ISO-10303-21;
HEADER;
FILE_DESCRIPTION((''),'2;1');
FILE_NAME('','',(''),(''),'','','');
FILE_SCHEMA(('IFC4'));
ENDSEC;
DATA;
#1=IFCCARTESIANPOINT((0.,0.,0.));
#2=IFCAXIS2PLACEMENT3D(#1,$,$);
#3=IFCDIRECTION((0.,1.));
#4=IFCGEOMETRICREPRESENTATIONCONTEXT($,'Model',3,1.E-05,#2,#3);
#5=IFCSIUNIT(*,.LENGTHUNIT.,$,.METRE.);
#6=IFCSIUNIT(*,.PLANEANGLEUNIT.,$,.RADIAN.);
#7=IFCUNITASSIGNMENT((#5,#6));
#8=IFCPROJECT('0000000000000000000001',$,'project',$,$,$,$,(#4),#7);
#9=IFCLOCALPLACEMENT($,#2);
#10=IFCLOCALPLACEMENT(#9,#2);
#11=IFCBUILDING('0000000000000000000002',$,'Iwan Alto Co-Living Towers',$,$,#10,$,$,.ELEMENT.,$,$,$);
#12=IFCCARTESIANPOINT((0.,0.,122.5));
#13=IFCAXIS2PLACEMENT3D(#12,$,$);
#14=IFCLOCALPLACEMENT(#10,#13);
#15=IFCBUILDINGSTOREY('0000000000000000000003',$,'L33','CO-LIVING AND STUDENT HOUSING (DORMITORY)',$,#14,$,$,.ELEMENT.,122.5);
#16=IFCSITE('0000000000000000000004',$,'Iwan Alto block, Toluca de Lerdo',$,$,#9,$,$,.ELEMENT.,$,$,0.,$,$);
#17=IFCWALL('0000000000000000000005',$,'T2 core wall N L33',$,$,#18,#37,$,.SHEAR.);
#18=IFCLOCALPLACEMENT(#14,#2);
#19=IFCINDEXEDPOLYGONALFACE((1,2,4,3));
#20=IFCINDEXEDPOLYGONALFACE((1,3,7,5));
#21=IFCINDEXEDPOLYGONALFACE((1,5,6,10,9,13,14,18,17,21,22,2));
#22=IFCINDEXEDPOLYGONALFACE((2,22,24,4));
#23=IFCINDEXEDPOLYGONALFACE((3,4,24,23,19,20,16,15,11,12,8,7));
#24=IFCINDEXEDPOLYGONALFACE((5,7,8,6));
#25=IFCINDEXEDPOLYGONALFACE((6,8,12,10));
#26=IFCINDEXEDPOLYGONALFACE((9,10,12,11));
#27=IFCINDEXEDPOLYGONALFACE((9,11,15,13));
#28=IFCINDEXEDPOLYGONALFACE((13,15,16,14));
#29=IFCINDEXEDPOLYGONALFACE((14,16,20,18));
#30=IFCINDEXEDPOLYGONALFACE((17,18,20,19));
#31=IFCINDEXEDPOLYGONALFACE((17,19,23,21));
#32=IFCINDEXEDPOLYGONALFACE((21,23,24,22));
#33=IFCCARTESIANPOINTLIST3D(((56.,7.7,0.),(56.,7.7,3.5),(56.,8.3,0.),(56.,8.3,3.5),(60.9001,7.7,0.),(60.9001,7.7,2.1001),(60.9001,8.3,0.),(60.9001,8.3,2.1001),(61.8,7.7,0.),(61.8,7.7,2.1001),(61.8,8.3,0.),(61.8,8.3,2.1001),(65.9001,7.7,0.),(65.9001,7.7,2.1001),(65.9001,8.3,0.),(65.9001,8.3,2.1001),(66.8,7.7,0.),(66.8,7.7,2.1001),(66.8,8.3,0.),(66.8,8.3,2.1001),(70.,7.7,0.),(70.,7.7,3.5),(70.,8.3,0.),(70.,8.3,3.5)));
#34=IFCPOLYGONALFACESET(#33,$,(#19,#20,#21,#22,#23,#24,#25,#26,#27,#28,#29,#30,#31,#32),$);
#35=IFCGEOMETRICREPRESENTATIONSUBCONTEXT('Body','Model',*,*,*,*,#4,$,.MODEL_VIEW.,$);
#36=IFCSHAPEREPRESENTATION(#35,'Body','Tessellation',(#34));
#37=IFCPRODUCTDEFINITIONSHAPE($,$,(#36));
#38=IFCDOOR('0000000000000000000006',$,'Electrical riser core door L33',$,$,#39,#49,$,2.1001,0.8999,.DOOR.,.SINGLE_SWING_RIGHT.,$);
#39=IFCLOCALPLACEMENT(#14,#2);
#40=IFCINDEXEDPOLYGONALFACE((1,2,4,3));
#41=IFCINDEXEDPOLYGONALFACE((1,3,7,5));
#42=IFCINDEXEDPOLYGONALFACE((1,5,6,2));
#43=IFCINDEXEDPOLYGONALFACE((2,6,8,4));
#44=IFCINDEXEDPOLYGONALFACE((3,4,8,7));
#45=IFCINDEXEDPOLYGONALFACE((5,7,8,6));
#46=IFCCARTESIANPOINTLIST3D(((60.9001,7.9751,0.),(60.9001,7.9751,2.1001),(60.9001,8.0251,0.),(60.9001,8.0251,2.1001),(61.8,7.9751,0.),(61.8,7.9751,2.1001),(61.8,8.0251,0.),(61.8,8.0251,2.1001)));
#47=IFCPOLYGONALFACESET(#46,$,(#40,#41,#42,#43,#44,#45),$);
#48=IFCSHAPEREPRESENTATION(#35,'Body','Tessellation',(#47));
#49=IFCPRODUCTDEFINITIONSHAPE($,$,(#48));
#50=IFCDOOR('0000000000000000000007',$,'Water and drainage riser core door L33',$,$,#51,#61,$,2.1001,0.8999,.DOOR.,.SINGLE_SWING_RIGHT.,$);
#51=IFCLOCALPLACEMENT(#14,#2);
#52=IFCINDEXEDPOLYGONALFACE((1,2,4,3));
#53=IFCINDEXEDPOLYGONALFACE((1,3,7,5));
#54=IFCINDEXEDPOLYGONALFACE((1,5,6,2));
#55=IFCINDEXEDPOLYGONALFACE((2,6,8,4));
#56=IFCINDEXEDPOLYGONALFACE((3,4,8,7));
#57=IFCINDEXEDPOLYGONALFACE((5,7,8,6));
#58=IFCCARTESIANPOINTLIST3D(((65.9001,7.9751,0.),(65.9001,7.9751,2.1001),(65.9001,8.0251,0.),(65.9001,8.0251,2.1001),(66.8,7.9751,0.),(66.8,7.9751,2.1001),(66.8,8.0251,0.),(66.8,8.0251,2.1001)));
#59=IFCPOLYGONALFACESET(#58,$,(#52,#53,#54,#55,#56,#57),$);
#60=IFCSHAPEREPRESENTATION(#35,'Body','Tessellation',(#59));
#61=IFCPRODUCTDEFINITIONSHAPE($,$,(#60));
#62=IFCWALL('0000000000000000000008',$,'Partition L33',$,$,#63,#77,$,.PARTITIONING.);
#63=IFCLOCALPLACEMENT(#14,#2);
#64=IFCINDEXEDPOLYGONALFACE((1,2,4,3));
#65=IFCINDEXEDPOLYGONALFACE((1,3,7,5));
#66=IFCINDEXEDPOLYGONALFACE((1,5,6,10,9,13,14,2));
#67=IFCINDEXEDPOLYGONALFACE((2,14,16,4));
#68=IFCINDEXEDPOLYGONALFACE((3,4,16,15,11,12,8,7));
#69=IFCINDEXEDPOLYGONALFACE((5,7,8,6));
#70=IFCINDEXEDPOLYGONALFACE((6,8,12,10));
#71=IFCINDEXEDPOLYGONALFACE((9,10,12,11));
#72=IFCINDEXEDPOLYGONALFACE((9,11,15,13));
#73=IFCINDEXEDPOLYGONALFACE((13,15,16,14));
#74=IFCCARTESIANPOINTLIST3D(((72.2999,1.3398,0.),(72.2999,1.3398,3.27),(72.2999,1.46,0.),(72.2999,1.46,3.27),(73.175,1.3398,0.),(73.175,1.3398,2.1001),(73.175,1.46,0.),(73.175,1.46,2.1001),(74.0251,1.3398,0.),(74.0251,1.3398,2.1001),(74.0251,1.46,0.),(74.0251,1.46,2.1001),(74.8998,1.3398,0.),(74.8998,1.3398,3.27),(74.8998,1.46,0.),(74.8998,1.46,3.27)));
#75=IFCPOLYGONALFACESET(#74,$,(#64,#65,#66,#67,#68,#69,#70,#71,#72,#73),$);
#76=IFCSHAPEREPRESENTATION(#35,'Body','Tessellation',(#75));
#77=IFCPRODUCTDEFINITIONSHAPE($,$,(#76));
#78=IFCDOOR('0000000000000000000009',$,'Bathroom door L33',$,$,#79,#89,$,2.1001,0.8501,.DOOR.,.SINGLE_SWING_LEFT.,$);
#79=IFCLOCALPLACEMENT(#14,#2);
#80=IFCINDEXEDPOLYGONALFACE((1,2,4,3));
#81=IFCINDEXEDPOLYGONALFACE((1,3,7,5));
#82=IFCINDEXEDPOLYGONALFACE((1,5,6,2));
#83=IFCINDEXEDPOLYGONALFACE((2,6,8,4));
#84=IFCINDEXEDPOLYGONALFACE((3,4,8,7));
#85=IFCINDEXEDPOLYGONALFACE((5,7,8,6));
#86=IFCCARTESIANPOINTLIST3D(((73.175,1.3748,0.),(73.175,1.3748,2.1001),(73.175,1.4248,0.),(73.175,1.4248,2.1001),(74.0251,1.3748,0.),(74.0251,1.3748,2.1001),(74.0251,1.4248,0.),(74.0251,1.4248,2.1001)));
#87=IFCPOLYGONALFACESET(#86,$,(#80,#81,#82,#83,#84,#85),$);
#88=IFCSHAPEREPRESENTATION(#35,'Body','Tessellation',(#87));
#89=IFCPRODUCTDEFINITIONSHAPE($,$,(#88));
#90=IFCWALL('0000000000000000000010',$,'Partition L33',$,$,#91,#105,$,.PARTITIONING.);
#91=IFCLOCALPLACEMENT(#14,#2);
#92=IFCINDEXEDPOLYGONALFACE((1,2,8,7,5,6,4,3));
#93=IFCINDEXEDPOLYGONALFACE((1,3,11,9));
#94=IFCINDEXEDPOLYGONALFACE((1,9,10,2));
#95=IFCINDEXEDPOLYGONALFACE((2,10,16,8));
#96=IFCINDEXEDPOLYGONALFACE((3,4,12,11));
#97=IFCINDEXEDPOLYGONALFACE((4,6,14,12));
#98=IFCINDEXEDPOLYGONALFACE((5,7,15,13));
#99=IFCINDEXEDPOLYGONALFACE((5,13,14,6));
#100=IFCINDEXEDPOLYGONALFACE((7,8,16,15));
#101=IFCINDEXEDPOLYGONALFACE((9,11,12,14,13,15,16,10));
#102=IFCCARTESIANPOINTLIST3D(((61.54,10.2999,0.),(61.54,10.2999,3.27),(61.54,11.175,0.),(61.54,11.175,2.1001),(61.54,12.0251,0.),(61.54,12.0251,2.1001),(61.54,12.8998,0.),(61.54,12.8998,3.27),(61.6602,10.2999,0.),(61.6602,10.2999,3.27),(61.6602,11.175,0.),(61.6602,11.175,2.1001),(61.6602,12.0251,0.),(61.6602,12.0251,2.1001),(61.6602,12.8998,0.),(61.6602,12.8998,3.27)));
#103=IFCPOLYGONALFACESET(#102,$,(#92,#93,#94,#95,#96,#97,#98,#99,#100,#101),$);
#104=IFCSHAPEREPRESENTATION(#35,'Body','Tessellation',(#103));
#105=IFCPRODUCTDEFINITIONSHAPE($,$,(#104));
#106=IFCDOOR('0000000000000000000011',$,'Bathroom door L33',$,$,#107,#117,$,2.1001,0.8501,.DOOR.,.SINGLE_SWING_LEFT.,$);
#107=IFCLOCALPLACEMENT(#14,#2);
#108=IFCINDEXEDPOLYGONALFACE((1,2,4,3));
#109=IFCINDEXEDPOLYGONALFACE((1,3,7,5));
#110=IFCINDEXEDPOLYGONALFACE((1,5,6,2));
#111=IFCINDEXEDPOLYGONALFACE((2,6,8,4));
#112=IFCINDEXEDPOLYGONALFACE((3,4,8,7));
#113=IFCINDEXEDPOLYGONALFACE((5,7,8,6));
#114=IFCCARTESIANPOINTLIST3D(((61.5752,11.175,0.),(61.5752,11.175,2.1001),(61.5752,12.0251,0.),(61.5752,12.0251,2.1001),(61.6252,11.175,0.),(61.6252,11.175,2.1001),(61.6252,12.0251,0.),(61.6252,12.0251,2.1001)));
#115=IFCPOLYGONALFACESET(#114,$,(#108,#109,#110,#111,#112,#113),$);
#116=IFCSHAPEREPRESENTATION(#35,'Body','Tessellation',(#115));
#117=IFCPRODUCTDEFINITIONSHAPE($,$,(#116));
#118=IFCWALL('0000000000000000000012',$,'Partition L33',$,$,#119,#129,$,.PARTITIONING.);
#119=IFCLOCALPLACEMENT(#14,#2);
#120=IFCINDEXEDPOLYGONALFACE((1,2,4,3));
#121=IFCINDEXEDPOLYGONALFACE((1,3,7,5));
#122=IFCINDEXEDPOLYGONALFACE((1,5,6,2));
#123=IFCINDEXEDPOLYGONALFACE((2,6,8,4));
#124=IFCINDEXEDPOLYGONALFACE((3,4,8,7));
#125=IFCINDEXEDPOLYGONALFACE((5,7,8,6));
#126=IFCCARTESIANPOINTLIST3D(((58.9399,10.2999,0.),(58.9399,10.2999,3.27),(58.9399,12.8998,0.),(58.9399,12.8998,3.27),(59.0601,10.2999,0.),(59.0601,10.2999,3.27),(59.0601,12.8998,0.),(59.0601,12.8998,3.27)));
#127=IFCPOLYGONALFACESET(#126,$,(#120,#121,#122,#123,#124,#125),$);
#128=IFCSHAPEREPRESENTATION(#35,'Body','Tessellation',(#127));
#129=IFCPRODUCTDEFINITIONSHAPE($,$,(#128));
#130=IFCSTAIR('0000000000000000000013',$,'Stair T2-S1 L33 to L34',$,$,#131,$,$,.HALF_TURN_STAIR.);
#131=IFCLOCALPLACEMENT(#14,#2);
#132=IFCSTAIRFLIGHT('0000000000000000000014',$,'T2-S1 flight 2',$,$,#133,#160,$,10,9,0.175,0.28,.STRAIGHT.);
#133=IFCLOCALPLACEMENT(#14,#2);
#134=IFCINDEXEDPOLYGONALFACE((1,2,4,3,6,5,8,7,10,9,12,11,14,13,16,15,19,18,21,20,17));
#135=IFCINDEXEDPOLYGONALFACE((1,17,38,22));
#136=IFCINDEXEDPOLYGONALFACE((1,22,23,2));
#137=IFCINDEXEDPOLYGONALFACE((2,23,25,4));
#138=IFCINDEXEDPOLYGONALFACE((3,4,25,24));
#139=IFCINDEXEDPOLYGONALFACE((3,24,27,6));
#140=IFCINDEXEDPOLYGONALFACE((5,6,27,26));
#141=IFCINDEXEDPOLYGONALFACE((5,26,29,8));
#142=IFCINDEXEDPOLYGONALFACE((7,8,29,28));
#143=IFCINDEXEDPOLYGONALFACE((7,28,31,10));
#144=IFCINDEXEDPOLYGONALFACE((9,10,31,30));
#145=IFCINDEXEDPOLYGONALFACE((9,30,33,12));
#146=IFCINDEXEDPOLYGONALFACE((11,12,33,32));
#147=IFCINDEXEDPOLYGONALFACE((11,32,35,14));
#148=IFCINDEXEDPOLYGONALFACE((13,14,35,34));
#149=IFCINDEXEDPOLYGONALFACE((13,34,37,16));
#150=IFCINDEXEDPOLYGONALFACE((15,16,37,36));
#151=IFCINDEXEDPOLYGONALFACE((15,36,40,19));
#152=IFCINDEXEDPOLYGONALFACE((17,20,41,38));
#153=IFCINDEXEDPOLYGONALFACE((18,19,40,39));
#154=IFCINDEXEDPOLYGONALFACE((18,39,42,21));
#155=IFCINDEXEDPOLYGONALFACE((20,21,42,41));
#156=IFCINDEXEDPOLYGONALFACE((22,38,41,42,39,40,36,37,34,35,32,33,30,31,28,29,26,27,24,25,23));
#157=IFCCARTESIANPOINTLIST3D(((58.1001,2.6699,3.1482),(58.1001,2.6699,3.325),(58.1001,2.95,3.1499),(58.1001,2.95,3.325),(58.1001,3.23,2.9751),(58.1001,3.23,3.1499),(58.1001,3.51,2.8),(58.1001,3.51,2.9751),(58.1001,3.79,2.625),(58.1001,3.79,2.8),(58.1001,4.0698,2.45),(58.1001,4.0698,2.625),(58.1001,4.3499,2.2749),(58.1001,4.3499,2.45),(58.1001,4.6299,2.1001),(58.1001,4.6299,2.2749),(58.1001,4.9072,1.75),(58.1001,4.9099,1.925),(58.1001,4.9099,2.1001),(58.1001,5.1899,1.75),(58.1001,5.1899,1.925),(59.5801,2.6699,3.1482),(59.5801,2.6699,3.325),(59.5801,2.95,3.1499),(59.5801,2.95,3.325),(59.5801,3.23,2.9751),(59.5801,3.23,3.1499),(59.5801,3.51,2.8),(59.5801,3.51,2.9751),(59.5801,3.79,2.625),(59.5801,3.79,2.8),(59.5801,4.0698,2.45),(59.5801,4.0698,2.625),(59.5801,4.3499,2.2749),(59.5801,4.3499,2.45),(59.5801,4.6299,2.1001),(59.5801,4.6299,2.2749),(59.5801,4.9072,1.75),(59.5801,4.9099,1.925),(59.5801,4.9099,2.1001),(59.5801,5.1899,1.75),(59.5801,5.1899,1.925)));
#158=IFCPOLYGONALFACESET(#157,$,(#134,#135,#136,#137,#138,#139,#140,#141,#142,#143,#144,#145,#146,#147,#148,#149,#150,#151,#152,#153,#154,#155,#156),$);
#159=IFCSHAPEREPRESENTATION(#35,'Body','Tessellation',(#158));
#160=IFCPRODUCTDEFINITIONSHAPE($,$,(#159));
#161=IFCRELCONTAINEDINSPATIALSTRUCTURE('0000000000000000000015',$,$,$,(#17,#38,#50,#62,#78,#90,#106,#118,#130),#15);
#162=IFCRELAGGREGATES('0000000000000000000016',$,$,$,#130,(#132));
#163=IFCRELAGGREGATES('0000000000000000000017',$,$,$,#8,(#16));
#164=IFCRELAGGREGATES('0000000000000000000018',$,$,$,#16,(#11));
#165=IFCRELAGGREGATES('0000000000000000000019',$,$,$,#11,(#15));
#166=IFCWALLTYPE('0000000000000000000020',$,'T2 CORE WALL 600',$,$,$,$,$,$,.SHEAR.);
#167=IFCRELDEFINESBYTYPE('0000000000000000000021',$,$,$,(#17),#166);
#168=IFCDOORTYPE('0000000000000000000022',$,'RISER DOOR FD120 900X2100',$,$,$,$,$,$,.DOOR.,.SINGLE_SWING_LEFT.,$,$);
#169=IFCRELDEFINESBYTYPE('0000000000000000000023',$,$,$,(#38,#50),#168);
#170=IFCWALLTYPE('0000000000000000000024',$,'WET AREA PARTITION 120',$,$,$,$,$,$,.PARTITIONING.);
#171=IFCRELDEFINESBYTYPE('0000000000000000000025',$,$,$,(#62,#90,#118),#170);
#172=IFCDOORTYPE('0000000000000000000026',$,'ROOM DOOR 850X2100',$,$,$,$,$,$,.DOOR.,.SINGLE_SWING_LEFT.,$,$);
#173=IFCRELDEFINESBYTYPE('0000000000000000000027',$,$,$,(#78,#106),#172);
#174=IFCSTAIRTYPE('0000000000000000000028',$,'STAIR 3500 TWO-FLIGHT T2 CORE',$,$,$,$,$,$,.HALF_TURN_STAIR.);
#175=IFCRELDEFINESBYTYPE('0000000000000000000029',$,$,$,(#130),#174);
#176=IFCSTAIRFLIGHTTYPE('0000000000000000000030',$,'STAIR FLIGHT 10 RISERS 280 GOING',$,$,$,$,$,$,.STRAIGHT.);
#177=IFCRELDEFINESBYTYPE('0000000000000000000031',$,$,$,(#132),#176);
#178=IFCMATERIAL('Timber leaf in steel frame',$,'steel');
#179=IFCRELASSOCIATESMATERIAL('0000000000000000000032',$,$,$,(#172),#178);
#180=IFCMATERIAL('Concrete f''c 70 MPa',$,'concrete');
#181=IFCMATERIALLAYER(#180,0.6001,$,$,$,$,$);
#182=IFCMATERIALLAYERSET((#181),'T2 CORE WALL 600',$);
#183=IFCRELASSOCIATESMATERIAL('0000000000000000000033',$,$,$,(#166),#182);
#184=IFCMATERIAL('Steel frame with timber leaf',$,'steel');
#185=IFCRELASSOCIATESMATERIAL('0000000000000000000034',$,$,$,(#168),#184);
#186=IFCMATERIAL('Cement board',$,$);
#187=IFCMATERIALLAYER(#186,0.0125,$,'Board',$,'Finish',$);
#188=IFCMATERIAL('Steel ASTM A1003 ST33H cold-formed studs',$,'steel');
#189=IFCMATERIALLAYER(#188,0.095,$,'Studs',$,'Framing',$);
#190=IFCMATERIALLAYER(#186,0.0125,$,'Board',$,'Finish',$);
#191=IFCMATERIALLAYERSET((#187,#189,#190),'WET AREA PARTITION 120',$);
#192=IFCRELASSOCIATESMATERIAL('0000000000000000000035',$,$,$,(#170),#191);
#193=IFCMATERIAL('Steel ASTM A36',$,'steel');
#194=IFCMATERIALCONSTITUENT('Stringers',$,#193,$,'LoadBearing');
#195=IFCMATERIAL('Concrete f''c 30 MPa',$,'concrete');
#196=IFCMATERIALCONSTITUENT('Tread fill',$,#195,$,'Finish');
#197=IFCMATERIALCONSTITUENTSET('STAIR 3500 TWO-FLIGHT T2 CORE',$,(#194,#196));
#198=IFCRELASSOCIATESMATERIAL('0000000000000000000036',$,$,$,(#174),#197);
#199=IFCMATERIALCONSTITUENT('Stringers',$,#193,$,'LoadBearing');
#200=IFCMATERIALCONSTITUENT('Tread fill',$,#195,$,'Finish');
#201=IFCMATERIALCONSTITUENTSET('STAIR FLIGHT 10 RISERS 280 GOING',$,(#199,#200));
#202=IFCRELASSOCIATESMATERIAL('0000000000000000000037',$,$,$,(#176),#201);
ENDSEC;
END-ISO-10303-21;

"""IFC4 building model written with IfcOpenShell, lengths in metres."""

from ifc_helpers import new_model, si_unit, direction, frame, frame_2d, origin, place, context, subcontext, project, spatial, polyline, rectangle, outline, extrude, material, layer, layer_set, constituent, constituent_set, type_object, element, fill, aggregate, save


model = new_model("IFC4")

# Units and contexts
model_context = context("Model", 3, precision=1e-05, world=origin(), true_north=direction((0.0, 1.0)))
body_context = subcontext(model_context, "Body", "Model", "MODEL_VIEW")
ifc_project = project(units=[si_unit("LENGTHUNIT", "METRE"), si_unit("PLANEANGLEUNIT", "RADIAN")], contexts=[model_context])

# Site, building, storey
site_placement = place(None, origin())
site = spatial("IfcSite", under=ifc_project, at=site_placement, Name="Iwan Alto block, Toluca de Lerdo", CompositionType="ELEMENT", RefElevation=0.0)
building_placement = place(site_placement, origin())
building = spatial("IfcBuilding", under=site, at=building_placement, Name="Iwan Alto Co-Living Towers", CompositionType="ELEMENT")
storey_placement = place(building_placement, frame((0.0, 0.0, 122.5)))
storey = spatial("IfcBuildingStorey", under=building, at=storey_placement, Name="L33", Description="CO-LIVING AND STUDENT HOUSING (DORMITORY)", CompositionType="ELEMENT", Elevation=122.5)

# Shared definitions
ifc_material_1 = material(Name="Steel ASTM A1003 ST33H cold-formed studs", Category="steel")
ifc_material_2 = material(Name="Timber leaf in steel frame", Category="steel")
door_type_1 = type_object("IfcDoorType", Name="ROOM DOOR 850X2100", OperationType="SINGLE_SWING_LEFT", PredefinedType="DOOR", material=ifc_material_2)

# Wall, openings, doors
ifc_material_3 = material(Name="Concrete f'c 70 MPa", Category="concrete")
ifc_layer_1 = layer(ifc_material_3, 0.6001)
ifc_layer_set_1 = layer_set([ifc_layer_1], Name="T2 CORE WALL 600")
wall_type_1 = type_object("IfcWallType", Name="T2 CORE WALL 600", PredefinedType="SHEAR", material=ifc_layer_set_1)
wall_1_placement = place(storey_placement, frame((70.0, 8.0, 0.0), z_axis=(0.0, 0.0, 1.0), x_axis=(-1.0, 0.0, 0.0)))
wall_1 = element("IfcWall", 1, at=wall_1_placement, inside=storey, type_object=wall_type_1, Name="T2 core wall N L33", PredefinedType="SHEAR", context=body_context, shape_type="SweptSolid", body=[
    extrude(rectangle(XDim=14.0, YDim=0.6001, at=frame_2d((7.0, 0.0))), origin(), (0.0, 0.0, 1.0), 3.5),
])
opening_1_placement = place(wall_1_placement, frame((8.2, 0.0, 0.0)))
opening_1 = element("IfcOpeningElement", 2, at=opening_1_placement, cuts=wall_1, PredefinedType="OPENING", context=body_context, shape_type="SweptSolid", body=[
    extrude(rectangle(XDim=0.8999, YDim=2.1001, at=frame_2d((0.45, 1.05))), frame((0.0, 0.3101, 0.0), z_axis=(0.0, -1.0, 0.0), x_axis=(1.0, 0.0, 0.0)), (0.0, 0.0, 1.0), 0.6201),
])
opening_2_placement = place(wall_1_placement, frame((3.2, 0.0, 0.0)))
opening_2 = element("IfcOpeningElement", 3, at=opening_2_placement, cuts=wall_1, PredefinedType="OPENING", context=body_context, shape_type="SweptSolid", body=[
    extrude(rectangle(XDim=0.8999, YDim=2.1001, at=frame_2d((0.45, 1.05))), frame((0.0, 0.3101, 0.0), z_axis=(0.0, -1.0, 0.0), x_axis=(1.0, 0.0, 0.0)), (0.0, 0.0, 1.0), 0.6201),
])
ifc_material_4 = material(Name="Steel frame with timber leaf", Category="steel")
door_type_2 = type_object("IfcDoorType", Name="RISER DOOR FD120 900X2100", OperationType="SINGLE_SWING_LEFT", PredefinedType="DOOR", material=ifc_material_4)
door_1_placement = place(opening_1_placement, origin())
door_1 = element("IfcDoor", 4, at=door_1_placement, inside=storey, type_object=door_type_2, Name="Electrical riser core door L33", OperationType="SINGLE_SWING_RIGHT", OverallHeight=2.1001, OverallWidth=0.8999, PredefinedType="DOOR", context=body_context, shape_type="SweptSolid", body=[
    extrude(rectangle(XDim=0.8999, YDim=2.1001, at=frame_2d((0.45, 1.05))), frame((0.0, 0.0249, 0.0), z_axis=(0.0, -1.0, 0.0), x_axis=(1.0, 0.0, 0.0)), (0.0, 0.0, 1.0), 0.05),
])
fill(opening_1, door_1)
door_2_placement = place(opening_2_placement, origin())
door_2 = element("IfcDoor", 5, at=door_2_placement, inside=storey, type_object=door_type_2, Name="Water and drainage riser core door L33", OperationType="SINGLE_SWING_RIGHT", OverallHeight=2.1001, OverallWidth=0.8999, PredefinedType="DOOR", context=body_context, shape_type="SweptSolid", body=[
    extrude(rectangle(XDim=0.8999, YDim=2.1001, at=frame_2d((0.45, 1.05))), frame((0.0, 0.0249, 0.0), z_axis=(0.0, -1.0, 0.0), x_axis=(1.0, 0.0, 0.0)), (0.0, 0.0, 1.0), 0.05),
])
fill(opening_2, door_2)

# Walls, openings, doors
ifc_material_5 = material(Name="Cement board")
ifc_layer_2 = layer(ifc_material_5, 0.0125, Name="Board", Category="Finish")
ifc_layer_3 = layer(ifc_material_1, 0.095, Name="Studs", Category="Framing")
ifc_layer_4 = layer(ifc_material_5, 0.0125, Name="Board", Category="Finish")
ifc_layer_set_2 = layer_set([ifc_layer_2, ifc_layer_3, ifc_layer_4], Name="WET AREA PARTITION 120")
wall_type_2 = type_object("IfcWallType", Name="WET AREA PARTITION 120", PredefinedType="PARTITIONING", material=ifc_layer_set_2)
wall_2_placement = place(storey_placement, frame((72.3, 1.3999, 0.0), z_axis=(0.0, 0.0, 1.0), x_axis=(1.0, 0.0, 0.0)))
wall_2 = element("IfcWall", 6, at=wall_2_placement, inside=storey, type_object=wall_type_2, Name="Partition L33", PredefinedType="PARTITIONING", context=body_context, shape_type="SweptSolid", body=[
    extrude(rectangle(XDim=2.5999, YDim=0.1201, at=frame_2d((1.2998, 0.0))), origin(), (0.0, 0.0, 1.0), 3.27),
])
opening_3_placement = place(wall_2_placement, frame((0.875, 0.0, 0.0)))
opening_3 = element("IfcOpeningElement", 7, at=opening_3_placement, cuts=wall_2, PredefinedType="OPENING", context=body_context, shape_type="SweptSolid", body=[
    extrude(rectangle(XDim=0.8501, YDim=2.1001, at=frame_2d((0.425, 1.05))), frame((0.0, 0.0701, 0.0), z_axis=(0.0, -1.0, 0.0), x_axis=(1.0, 0.0, 0.0)), (0.0, 0.0, 1.0), 0.1401),
])
door_3_placement = place(opening_3_placement, origin())
door_3 = element("IfcDoor", 8, at=door_3_placement, inside=storey, type_object=door_type_1, Name="Bathroom door L33", OperationType="SINGLE_SWING_LEFT", OverallHeight=2.1001, OverallWidth=0.8501, PredefinedType="DOOR", context=body_context, shape_type="SweptSolid", body=[
    extrude(rectangle(XDim=0.8501, YDim=2.1001, at=frame_2d((0.425, 1.05))), frame((0.0, 0.0249, 0.0), z_axis=(0.0, -1.0, 0.0), x_axis=(1.0, 0.0, 0.0)), (0.0, 0.0, 1.0), 0.05),
])
fill(opening_3, door_3)
wall_3_placement = place(storey_placement, frame((61.6001, 10.3, 0.0), z_axis=(0.0, 0.0, 1.0), x_axis=(0.0, 1.0, 0.0)))
wall_3 = element("IfcWall", 9, at=wall_3_placement, inside=storey, type_object=wall_type_2, Name="Partition L33", PredefinedType="PARTITIONING", context=body_context, shape_type="SweptSolid", body=[
    extrude(rectangle(XDim=2.5999, YDim=0.1201, at=frame_2d((1.2998, 0.0))), origin(), (0.0, 0.0, 1.0), 3.27),
])
opening_4_placement = place(wall_3_placement, frame((0.875, 0.0, 0.0)))
opening_4 = element("IfcOpeningElement", 10, at=opening_4_placement, cuts=wall_3, PredefinedType="OPENING", context=body_context, shape_type="SweptSolid", body=[
    extrude(rectangle(XDim=0.8501, YDim=2.1001, at=frame_2d((0.425, 1.05))), frame((0.0, 0.0701, 0.0), z_axis=(0.0, -1.0, 0.0), x_axis=(1.0, 0.0, 0.0)), (0.0, 0.0, 1.0), 0.1401),
])
door_4_placement = place(opening_4_placement, origin())
door_4 = element("IfcDoor", 11, at=door_4_placement, inside=storey, type_object=door_type_1, Name="Bathroom door L33", OperationType="SINGLE_SWING_LEFT", OverallHeight=2.1001, OverallWidth=0.8501, PredefinedType="DOOR", context=body_context, shape_type="SweptSolid", body=[
    extrude(rectangle(XDim=0.8501, YDim=2.1001, at=frame_2d((0.425, 1.05))), frame((0.0, 0.0249, 0.0), z_axis=(0.0, -1.0, 0.0), x_axis=(1.0, 0.0, 0.0)), (0.0, 0.0, 1.0), 0.05),
])
fill(opening_4, door_4)

# Wall
wall_4_placement = place(storey_placement, frame((59.0, 10.3, 0.0), z_axis=(0.0, 0.0, 1.0), x_axis=(0.0, 1.0, 0.0)))
element("IfcWall", 12, at=wall_4_placement, inside=storey, type_object=wall_type_2, Name="Partition L33", PredefinedType="PARTITIONING", context=body_context, shape_type="SweptSolid", body=[
    extrude(rectangle(XDim=2.5999, YDim=0.1201, at=frame_2d((1.2998, 0.0))), origin(), (0.0, 0.0, 1.0), 3.27),
])

# Stair, stair flight
ifc_material_6 = material(Name="Steel ASTM A36", Category="steel")
ifc_constituent_1 = constituent(ifc_material_6, Name="Stringers", Category="LoadBearing")
ifc_material_7 = material(Name="Concrete f'c 30 MPa", Category="concrete")
ifc_constituent_2 = constituent(ifc_material_7, Name="Tread fill", Category="Finish")
ifc_constituent_set_1 = constituent_set(constituents=[ifc_constituent_1, ifc_constituent_2], Name="STAIR 3500 TWO-FLIGHT T2 CORE")
stair_type = type_object("IfcStairType", Name="STAIR 3500 TWO-FLIGHT T2 CORE", PredefinedType="HALF_TURN_STAIR", material=ifc_constituent_set_1)
stair_placement = place(storey_placement, origin())
stair = element("IfcStair", 13, at=stair_placement, inside=storey, type_object=stair_type, Name="Stair T2-S1 L33 to L34", PredefinedType="HALF_TURN_STAIR")
ifc_constituent_3 = constituent(ifc_material_6, Name="Stringers", Category="LoadBearing")
ifc_constituent_4 = constituent(ifc_material_7, Name="Tread fill", Category="Finish")
ifc_constituent_set_2 = constituent_set(constituents=[ifc_constituent_3, ifc_constituent_4], Name="STAIR FLIGHT 10 RISERS 280 GOING")
stair_flight_type = type_object("IfcStairFlightType", Name="STAIR FLIGHT 10 RISERS 280 GOING", PredefinedType="STRAIGHT", material=ifc_constituent_set_2)
stair_flight_placement = place(storey_placement, frame((58.8401, 5.1899, 1.75), z_axis=(0.0, 0.0, 1.0), x_axis=(0.0, -1.0, 0.0)))
stair_flight = element("IfcStairFlight", 14, at=stair_flight_placement, type_object=stair_flight_type, Name="T2-S1 flight 2", NumberOfRisers=10, NumberOfTreads=9, PredefinedType="STRAIGHT", RiserHeight=0.175, TreadLength=0.28, context=body_context, shape_type="SweptSolid", body=[
    extrude(outline(polyline([(0.0, 0.0), (0.0, 0.175), (0.28, 0.175), (0.28, 0.3501), (0.5601, 0.3501), (0.5601, 0.5249), (0.8401, 0.5249), (0.8401, 0.7), (1.1201, 0.7), (1.1201, 0.875), (1.3999, 0.875), (1.3999, 1.05), (1.6799, 1.05), (1.6799, 1.2251), (1.96, 1.2251), (1.96, 1.3999), (2.24, 1.3999), (2.24, 1.575), (2.52, 1.575), (2.52, 1.75), (2.52, 1.3982), (0.2827, 0.0), (0.0, 0.0)])), frame((0.0, 0.74, 0.0), z_axis=(0.0, -1.0, 0.0), x_axis=(1.0, 0.0, 0.0)), (0.0, 0.0, 1.0), 1.48),
])
aggregate(stair, [stair_flight])

save(model, "model.ifc")
